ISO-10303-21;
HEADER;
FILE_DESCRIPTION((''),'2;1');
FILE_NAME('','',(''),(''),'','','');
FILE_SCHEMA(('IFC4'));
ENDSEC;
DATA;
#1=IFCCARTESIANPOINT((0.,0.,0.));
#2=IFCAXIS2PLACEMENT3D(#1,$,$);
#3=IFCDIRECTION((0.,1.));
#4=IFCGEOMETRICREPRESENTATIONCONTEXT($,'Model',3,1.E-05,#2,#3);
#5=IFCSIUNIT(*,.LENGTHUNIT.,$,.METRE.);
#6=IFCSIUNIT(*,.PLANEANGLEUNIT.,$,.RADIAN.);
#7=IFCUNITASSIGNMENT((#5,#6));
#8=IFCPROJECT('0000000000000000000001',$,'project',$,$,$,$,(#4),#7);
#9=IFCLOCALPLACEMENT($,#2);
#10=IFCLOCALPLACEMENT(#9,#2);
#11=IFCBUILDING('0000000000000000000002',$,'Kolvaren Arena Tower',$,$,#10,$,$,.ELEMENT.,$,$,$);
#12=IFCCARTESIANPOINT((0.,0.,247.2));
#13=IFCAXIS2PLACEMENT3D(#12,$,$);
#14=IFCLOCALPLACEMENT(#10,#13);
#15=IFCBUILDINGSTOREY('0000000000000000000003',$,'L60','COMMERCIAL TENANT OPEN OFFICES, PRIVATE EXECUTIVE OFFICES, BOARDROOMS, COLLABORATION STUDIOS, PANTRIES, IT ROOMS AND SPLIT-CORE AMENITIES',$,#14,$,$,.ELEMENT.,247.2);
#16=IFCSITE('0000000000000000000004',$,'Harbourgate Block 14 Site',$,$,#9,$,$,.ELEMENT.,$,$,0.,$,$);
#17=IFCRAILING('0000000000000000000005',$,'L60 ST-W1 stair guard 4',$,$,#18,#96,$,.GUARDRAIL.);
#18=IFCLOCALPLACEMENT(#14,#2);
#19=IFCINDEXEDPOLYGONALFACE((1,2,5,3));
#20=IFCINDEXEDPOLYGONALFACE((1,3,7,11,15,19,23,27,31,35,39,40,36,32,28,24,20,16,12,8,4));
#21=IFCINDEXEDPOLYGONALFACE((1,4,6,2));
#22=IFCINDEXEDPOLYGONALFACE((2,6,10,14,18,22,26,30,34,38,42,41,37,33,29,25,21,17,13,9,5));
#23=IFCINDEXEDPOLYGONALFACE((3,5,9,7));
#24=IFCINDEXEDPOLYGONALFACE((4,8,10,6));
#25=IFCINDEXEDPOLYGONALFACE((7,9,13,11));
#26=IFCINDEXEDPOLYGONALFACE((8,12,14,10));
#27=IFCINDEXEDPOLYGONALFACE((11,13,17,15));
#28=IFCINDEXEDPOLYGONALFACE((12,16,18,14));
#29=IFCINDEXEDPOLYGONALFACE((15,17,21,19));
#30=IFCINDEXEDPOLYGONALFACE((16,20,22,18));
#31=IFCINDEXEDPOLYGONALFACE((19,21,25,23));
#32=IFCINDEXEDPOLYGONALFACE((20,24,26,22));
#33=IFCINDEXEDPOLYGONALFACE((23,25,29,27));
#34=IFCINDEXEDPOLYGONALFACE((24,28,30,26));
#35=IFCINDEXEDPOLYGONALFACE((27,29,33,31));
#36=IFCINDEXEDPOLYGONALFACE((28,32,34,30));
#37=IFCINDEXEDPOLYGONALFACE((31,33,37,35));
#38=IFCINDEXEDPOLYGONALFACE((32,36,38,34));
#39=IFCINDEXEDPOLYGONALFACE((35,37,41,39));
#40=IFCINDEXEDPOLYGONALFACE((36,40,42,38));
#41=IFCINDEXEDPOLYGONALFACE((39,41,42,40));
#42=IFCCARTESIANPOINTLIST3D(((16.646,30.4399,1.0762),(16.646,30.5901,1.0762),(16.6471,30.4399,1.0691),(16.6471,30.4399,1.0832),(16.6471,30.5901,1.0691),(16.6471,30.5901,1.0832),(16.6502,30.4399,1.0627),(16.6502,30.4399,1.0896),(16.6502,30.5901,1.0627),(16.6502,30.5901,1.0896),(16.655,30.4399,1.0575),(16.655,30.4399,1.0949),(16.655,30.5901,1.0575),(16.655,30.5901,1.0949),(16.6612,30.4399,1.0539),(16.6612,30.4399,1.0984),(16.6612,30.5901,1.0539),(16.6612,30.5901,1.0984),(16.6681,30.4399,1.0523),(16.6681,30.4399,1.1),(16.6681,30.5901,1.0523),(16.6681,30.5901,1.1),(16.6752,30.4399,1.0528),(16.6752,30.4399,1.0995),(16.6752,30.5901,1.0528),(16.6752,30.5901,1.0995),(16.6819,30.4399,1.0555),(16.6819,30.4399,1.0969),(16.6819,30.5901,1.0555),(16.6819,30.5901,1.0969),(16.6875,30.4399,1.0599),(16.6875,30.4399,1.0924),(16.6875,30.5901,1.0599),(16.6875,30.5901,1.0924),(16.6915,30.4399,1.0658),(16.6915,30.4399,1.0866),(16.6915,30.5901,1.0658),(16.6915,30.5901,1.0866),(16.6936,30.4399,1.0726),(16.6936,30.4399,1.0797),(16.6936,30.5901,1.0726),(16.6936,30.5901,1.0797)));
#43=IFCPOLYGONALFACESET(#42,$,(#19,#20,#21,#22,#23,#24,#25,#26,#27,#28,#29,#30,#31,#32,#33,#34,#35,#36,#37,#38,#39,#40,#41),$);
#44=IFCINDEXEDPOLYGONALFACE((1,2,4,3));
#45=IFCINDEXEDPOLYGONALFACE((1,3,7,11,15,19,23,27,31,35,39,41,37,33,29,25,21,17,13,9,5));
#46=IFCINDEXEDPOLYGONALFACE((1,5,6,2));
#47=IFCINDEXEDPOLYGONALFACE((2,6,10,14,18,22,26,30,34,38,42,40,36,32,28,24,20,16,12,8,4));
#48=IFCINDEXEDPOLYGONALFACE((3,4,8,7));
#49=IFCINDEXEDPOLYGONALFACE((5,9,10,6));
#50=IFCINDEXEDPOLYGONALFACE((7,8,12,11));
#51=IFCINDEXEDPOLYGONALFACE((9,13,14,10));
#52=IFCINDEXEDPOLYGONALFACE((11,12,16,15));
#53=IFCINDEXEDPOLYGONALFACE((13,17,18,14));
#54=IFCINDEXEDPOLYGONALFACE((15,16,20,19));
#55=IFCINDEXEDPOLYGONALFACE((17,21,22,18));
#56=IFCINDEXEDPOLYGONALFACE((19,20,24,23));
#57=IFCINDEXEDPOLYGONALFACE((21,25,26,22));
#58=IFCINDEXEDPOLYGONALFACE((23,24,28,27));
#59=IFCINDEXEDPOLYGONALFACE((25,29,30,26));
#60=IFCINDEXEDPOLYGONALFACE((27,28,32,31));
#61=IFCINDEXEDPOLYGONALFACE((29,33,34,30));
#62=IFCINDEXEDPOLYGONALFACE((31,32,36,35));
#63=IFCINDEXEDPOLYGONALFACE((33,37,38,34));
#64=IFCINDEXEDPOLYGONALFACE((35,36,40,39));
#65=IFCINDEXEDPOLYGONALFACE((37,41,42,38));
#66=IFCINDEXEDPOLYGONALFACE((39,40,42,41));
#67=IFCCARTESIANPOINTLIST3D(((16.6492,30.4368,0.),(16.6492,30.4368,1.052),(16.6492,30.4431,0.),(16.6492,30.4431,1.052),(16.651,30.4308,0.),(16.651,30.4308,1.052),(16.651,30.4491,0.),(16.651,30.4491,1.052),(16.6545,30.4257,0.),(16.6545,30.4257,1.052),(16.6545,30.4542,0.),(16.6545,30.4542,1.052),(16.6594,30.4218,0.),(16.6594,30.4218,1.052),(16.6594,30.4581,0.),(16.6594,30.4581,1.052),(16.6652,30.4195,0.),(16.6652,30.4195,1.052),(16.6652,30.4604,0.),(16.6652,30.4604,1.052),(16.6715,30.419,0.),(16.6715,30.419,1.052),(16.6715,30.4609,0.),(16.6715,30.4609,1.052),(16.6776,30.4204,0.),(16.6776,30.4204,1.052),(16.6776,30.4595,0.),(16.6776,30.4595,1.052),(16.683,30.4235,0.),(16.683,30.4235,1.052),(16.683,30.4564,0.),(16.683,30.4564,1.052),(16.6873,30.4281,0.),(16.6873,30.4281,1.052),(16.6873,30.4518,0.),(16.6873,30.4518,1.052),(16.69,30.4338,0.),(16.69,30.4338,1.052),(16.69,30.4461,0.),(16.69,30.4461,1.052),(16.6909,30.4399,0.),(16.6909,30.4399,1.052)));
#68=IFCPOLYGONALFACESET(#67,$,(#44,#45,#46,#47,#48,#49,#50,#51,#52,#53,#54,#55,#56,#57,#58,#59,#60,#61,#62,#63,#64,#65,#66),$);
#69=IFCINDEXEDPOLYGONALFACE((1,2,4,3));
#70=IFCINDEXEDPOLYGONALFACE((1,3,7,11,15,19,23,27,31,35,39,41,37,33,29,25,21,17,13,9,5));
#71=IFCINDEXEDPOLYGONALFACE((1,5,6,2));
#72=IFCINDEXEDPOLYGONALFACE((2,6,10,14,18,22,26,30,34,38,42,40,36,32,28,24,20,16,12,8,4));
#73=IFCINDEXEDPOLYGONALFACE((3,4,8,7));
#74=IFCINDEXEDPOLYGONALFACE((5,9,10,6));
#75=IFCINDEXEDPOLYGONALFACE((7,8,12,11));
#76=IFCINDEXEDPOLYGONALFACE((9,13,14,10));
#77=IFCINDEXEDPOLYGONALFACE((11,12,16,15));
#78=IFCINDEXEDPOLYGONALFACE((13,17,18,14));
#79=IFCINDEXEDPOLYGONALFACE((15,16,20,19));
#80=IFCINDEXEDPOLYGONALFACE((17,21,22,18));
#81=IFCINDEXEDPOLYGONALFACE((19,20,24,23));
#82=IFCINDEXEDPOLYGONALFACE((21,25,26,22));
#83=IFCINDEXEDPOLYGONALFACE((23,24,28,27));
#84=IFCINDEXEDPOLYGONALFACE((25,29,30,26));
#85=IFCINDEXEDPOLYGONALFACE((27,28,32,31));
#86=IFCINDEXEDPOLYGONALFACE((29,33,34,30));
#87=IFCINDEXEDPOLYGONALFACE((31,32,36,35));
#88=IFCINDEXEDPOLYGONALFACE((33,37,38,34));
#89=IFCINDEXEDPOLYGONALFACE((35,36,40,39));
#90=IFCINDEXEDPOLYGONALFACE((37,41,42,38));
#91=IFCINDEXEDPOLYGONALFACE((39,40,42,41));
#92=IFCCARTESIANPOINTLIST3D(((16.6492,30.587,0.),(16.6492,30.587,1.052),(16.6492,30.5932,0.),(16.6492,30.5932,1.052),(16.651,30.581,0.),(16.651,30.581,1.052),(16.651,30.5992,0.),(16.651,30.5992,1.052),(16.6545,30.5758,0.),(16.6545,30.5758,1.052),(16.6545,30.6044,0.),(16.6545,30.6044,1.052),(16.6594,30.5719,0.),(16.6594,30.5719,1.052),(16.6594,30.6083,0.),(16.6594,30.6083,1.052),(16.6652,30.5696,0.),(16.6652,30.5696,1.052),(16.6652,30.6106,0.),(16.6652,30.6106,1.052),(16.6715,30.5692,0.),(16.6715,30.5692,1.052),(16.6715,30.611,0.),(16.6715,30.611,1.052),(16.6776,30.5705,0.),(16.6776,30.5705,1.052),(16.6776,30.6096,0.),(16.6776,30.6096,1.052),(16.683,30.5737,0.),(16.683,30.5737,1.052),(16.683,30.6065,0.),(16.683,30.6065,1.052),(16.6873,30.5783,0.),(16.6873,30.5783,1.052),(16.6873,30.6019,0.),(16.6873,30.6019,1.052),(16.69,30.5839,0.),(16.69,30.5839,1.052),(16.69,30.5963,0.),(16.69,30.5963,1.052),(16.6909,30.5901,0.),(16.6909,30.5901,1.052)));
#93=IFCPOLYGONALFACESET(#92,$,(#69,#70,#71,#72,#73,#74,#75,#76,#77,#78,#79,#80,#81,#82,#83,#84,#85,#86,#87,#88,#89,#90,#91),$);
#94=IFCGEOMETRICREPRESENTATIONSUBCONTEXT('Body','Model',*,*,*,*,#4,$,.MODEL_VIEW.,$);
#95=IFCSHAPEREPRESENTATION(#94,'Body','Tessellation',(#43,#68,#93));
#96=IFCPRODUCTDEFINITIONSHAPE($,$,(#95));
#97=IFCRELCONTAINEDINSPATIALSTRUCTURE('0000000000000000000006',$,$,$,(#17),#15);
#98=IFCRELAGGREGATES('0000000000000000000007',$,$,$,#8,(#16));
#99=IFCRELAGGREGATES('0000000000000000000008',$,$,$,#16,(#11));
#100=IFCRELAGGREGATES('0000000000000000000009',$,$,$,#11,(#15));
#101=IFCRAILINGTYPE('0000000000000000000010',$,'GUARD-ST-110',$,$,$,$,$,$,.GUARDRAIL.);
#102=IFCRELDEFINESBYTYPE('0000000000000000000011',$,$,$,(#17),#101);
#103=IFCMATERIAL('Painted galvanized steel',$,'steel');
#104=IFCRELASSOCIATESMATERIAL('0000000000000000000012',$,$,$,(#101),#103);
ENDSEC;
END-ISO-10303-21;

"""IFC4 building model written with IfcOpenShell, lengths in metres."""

from ifc_helpers import new_model, si_unit, direction, frame, origin, origin_2d, place, context, subcontext, project, spatial, circle, extrude, material, type_object, element, save


model = new_model("IFC4")

# Units and contexts
model_context = context("Model", 3, precision=1e-05, world=origin(), true_north=direction((0.0, 1.0)))
body_context = subcontext(model_context, "Body", "Model", "MODEL_VIEW")
ifc_project = project(units=[si_unit("LENGTHUNIT", "METRE"), si_unit("PLANEANGLEUNIT", "RADIAN")], contexts=[model_context])

# Site, building, storey
site_placement = place(None, origin())
site = spatial("IfcSite", under=ifc_project, at=site_placement, Name="Harbourgate Block 14 Site", CompositionType="ELEMENT", RefElevation=0.0)
building_placement = place(site_placement, origin())
building = spatial("IfcBuilding", under=site, at=building_placement, Name="Kolvaren Arena Tower", CompositionType="ELEMENT")
storey_placement = place(building_placement, frame((0.0, 0.0, 247.2)))
storey = spatial("IfcBuildingStorey", under=building, at=storey_placement, Name="L60", Description="COMMERCIAL TENANT OPEN OFFICES, PRIVATE EXECUTIVE OFFICES, BOARDROOMS, COLLABORATION STUDIOS, PANTRIES, IT ROOMS AND SPLIT-CORE AMENITIES", CompositionType="ELEMENT", Elevation=247.2)

# Railing
ifc_material_1 = material(Name="Painted galvanized steel", Category="steel")
railing_type_1 = type_object("IfcRailingType", Name="GUARD-ST-110", PredefinedType="GUARDRAIL", material=ifc_material_1)
railing_1_placement = place(storey_placement, frame((16.6699, 30.4399, 0.0)))
element("IfcRailing", 1, at=railing_1_placement, inside=storey, type_object=railing_type_1, Name="L60 ST-W1 stair guard 4", PredefinedType="GUARDRAIL", context=body_context, shape_type="SweptSolid", body=[
    extrude(circle(Radius=0.0239, at=origin_2d()), frame((0.0, 0.0, 1.0762), z_axis=(0.0, 1.0, 0.0), x_axis=(-1.0, 0.0, 0.0)), (0.0, 0.0, 1.0), 0.1501),
    extrude(circle(Radius=0.021, at=origin_2d()), origin(), (0.0, 0.0, 1.0), 1.052),
    extrude(circle(Radius=0.021, at=origin_2d()), frame((0.0, 0.1501, 0.0)), (0.0, 0.0, 1.0), 1.052),
])

save(model, "model.ifc")
